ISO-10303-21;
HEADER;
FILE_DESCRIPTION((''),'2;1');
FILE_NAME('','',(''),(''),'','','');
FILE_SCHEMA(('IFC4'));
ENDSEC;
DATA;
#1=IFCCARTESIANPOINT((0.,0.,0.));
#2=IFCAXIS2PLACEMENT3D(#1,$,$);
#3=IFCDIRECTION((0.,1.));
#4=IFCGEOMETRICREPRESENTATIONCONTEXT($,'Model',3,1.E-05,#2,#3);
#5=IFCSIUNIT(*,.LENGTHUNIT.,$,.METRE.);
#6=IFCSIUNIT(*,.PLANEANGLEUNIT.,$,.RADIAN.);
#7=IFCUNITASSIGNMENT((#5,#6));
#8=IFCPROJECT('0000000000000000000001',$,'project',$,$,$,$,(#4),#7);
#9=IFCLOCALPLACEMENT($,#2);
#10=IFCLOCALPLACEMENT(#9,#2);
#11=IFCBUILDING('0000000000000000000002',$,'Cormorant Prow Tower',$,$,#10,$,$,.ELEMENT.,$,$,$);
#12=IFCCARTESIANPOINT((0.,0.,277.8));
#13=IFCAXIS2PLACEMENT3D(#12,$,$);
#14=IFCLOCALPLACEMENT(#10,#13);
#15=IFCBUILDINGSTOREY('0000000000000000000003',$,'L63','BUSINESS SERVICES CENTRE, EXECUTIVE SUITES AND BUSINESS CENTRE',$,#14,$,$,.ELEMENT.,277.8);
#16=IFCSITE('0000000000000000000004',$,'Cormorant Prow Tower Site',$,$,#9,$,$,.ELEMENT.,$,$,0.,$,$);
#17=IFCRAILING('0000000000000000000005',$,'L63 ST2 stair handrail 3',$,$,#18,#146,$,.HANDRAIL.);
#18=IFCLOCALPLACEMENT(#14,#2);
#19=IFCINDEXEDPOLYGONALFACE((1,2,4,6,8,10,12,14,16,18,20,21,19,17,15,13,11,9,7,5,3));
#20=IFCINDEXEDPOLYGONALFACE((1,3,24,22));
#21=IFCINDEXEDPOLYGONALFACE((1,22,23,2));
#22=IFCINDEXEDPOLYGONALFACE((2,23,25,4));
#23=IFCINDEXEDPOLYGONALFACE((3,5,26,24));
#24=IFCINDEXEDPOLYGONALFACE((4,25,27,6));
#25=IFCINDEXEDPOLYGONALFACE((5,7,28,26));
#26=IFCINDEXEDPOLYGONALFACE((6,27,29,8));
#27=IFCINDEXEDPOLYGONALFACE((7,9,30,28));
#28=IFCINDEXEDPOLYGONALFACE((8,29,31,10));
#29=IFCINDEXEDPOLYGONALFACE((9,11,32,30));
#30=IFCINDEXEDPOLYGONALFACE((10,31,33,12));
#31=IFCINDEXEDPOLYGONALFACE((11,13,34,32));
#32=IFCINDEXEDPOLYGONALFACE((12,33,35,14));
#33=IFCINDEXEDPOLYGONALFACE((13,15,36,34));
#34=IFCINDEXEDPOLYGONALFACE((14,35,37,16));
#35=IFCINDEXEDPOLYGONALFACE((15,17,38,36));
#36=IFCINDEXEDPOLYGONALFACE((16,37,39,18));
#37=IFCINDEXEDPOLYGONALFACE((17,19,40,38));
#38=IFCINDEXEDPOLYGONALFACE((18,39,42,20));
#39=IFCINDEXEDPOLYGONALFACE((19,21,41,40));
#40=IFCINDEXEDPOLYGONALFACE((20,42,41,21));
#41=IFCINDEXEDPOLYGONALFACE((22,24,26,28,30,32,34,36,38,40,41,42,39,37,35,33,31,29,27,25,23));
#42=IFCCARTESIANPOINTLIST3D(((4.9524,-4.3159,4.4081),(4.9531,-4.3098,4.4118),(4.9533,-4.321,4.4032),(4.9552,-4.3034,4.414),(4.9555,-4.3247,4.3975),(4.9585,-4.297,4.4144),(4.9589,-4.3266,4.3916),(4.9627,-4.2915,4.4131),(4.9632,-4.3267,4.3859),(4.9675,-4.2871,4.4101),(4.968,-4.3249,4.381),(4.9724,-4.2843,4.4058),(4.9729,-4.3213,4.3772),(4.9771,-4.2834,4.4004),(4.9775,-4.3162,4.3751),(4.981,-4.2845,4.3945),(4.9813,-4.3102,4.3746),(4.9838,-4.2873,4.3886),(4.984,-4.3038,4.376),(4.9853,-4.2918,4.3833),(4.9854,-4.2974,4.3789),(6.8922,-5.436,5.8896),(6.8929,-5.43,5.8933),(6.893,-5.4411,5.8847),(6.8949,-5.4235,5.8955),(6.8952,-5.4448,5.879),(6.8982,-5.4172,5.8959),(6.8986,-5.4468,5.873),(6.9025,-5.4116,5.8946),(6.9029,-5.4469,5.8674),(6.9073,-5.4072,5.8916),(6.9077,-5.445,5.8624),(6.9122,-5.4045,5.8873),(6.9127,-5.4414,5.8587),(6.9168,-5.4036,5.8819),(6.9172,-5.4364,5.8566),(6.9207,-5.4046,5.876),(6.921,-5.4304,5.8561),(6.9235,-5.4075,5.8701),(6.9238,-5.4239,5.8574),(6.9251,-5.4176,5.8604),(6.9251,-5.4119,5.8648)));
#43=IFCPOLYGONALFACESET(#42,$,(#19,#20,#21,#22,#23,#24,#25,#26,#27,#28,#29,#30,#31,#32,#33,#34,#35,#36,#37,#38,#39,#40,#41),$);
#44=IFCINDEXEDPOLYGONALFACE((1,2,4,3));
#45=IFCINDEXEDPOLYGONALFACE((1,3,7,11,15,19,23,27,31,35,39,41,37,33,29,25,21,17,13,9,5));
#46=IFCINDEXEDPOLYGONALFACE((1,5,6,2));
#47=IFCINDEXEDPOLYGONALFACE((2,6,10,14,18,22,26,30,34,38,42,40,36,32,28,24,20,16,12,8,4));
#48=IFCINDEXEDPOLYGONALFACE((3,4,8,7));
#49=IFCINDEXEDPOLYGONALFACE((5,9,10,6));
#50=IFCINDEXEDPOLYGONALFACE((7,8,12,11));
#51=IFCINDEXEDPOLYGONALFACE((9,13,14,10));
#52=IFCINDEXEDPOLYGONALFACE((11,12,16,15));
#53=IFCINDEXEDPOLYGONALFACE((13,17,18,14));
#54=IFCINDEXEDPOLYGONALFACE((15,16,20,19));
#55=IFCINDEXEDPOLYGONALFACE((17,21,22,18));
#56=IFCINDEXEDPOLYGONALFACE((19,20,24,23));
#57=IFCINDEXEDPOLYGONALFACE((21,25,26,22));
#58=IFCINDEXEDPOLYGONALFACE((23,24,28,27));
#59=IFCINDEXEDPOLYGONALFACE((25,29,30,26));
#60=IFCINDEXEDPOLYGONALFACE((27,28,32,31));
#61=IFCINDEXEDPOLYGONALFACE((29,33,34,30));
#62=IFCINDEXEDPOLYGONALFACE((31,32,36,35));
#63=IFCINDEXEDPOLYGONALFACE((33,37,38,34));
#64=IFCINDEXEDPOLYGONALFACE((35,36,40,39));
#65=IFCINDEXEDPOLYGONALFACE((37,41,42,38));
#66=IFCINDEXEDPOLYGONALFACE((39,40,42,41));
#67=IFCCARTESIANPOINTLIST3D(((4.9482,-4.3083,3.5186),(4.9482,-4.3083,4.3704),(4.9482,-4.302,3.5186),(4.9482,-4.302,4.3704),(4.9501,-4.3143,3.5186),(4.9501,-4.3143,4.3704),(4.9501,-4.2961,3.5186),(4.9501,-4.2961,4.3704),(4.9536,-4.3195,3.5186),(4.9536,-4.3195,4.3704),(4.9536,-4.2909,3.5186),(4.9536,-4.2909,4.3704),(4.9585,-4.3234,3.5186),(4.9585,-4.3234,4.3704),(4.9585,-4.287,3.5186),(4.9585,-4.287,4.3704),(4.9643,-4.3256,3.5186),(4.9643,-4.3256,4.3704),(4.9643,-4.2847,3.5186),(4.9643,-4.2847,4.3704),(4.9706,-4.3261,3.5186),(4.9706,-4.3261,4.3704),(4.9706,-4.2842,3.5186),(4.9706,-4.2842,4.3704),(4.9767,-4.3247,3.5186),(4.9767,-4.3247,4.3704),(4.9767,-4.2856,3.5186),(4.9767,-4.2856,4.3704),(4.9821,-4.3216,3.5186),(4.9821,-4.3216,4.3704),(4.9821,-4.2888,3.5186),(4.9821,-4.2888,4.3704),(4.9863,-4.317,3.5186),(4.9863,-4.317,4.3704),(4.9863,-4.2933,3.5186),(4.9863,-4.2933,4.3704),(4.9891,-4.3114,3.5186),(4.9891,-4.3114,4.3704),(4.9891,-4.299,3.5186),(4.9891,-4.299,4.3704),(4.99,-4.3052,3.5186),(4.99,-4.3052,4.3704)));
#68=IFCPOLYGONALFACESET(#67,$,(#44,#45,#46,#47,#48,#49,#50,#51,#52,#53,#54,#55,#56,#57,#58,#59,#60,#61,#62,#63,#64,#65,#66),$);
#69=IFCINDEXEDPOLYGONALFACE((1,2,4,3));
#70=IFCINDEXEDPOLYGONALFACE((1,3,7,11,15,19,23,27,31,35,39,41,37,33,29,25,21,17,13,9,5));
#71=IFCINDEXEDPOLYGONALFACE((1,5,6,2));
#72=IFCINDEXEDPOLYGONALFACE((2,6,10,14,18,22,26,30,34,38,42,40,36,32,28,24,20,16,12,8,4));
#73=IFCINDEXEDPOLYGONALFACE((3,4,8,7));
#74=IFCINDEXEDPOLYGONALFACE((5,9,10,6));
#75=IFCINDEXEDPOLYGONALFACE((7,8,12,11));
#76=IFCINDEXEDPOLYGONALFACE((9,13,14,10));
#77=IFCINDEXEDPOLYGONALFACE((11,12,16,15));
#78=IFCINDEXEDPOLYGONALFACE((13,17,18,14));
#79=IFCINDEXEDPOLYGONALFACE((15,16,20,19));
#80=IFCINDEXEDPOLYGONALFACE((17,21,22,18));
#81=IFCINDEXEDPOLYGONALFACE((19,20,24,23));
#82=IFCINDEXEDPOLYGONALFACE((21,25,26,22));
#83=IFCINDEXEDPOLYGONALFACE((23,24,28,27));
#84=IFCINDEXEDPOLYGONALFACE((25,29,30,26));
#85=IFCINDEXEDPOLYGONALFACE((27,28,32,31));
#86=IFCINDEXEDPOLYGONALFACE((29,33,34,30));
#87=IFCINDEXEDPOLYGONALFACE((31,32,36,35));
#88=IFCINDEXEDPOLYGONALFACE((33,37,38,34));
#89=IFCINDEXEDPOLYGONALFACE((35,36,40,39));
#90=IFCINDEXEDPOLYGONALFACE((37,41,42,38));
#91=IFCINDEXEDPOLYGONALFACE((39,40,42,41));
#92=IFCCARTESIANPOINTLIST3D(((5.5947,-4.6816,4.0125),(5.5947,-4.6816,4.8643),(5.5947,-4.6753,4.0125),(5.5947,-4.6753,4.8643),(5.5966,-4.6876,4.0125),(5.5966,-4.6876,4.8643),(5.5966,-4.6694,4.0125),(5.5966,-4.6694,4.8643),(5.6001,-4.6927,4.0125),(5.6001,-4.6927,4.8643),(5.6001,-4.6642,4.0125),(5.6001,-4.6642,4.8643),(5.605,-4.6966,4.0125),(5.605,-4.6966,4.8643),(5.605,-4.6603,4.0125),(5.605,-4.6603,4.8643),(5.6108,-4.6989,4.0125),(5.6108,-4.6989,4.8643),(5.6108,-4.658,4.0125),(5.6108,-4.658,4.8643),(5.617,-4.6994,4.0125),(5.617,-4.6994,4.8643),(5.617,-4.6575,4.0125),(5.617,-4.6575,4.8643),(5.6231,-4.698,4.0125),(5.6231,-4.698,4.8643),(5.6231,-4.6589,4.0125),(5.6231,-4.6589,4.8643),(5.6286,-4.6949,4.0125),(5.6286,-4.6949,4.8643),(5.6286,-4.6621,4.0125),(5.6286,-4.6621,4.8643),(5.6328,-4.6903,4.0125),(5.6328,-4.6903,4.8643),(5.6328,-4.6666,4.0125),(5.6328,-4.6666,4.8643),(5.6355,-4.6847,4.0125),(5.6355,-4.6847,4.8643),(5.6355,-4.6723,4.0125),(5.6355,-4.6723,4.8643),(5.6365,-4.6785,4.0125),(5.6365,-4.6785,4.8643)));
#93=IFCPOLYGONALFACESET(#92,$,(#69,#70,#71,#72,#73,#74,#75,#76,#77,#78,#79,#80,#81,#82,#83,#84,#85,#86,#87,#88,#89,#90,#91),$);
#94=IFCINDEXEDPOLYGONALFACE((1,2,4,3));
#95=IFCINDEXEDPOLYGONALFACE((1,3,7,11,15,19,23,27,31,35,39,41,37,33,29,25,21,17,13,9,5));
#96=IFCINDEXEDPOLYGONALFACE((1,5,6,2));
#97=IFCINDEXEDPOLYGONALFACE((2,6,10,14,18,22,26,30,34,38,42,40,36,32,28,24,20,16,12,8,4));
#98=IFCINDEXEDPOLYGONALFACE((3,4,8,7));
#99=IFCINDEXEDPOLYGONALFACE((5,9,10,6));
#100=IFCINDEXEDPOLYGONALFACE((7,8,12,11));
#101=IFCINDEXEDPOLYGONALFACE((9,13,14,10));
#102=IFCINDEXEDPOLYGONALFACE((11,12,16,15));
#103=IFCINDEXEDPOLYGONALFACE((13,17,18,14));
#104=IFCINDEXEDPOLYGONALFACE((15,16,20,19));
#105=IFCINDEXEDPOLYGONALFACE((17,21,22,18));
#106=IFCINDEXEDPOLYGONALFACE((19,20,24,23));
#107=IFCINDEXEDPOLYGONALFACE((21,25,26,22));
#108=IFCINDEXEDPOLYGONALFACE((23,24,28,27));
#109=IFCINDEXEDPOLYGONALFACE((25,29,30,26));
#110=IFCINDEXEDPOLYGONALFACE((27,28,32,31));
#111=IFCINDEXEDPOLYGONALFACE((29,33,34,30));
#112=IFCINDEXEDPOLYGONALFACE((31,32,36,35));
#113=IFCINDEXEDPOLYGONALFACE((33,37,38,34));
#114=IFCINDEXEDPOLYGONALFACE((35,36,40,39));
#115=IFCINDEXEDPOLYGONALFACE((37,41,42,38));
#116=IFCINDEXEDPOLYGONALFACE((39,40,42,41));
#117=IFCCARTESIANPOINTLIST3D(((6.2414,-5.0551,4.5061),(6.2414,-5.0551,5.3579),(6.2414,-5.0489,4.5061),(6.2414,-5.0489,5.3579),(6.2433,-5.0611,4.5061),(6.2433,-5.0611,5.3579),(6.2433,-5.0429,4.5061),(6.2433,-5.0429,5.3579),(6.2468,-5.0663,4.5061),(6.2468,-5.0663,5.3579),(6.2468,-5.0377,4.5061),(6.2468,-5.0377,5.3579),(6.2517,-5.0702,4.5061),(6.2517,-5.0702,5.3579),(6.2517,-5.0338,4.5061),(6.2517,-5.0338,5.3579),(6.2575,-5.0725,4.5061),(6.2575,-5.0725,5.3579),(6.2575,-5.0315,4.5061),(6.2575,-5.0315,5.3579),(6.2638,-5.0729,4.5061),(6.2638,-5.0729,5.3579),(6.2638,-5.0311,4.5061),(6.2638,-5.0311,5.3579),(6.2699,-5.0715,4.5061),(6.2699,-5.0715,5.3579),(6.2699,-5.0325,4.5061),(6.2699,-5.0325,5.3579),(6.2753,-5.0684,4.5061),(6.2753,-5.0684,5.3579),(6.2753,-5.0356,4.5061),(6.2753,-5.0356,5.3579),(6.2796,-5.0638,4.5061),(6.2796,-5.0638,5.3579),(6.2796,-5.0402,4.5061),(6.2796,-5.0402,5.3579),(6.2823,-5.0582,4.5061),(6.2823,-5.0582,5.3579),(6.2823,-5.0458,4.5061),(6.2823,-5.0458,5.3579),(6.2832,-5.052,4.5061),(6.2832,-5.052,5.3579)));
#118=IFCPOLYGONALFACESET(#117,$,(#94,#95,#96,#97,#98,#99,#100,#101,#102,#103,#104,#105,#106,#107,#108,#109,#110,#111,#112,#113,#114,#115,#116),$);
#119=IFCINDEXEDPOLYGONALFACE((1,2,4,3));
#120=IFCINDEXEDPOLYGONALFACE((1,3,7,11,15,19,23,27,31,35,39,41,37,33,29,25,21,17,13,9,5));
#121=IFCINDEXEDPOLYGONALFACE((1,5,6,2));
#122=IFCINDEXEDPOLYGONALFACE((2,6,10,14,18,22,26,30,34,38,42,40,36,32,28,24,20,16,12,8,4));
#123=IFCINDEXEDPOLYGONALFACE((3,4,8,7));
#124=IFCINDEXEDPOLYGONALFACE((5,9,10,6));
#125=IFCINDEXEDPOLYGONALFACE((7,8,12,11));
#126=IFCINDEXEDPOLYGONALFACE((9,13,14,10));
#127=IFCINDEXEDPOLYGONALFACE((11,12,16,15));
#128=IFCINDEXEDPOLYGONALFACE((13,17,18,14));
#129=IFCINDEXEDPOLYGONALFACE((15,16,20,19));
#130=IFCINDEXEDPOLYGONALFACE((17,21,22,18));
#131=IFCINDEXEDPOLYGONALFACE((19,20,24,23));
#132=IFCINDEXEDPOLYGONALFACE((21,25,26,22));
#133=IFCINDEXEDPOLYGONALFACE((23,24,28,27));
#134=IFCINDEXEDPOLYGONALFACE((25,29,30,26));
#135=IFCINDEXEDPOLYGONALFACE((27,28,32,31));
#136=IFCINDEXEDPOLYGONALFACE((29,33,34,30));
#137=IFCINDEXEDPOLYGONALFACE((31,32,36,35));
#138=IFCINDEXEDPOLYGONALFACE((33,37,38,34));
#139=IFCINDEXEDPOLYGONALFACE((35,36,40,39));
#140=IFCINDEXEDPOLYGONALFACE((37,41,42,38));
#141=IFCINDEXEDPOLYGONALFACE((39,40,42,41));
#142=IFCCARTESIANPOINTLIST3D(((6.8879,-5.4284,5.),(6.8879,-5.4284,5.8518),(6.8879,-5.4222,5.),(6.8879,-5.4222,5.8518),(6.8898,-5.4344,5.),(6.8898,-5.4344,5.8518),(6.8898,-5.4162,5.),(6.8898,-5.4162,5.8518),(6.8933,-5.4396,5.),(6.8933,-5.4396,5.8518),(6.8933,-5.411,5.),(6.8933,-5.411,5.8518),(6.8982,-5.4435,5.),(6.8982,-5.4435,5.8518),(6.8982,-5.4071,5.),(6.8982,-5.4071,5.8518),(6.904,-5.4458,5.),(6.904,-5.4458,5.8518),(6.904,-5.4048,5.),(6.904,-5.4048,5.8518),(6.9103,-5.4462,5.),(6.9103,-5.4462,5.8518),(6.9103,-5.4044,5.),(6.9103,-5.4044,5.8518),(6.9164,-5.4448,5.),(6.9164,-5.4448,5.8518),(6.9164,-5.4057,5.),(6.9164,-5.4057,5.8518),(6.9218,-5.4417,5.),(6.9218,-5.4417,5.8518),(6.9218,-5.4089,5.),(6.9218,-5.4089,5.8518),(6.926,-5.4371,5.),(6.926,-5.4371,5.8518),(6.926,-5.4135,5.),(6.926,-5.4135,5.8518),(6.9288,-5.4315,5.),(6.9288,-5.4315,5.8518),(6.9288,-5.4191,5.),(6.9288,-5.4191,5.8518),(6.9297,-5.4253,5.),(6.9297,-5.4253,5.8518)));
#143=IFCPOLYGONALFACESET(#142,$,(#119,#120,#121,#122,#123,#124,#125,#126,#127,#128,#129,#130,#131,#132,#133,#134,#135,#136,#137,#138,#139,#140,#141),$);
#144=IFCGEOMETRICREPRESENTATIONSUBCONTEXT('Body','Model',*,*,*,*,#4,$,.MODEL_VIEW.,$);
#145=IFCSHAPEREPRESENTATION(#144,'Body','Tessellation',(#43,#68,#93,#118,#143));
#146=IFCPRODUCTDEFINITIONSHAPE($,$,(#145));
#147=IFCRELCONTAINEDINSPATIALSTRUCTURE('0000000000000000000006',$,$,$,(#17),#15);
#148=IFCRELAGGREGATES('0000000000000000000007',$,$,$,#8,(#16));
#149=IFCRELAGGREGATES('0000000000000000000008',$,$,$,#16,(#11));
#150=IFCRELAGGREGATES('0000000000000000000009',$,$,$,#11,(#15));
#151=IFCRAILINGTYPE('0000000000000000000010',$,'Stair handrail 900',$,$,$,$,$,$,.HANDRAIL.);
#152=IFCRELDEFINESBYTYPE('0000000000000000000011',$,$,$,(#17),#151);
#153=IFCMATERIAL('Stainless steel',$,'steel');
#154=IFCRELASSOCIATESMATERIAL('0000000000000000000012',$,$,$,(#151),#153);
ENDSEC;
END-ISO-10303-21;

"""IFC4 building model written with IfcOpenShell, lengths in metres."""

from ifc_helpers import new_model, si_unit, direction, frame, origin, origin_2d, place, context, subcontext, project, spatial, circle, extrude, material, type_object, element, save


model = new_model("IFC4")

# Units and contexts
model_context = context("Model", 3, precision=1e-05, world=origin(), true_north=direction((0.0, 1.0)))
body_context = subcontext(model_context, "Body", "Model", "MODEL_VIEW")
ifc_project = project(units=[si_unit("LENGTHUNIT", "METRE"), si_unit("PLANEANGLEUNIT", "RADIAN")], contexts=[model_context])

# Site, building, storey
site_placement = place(None, origin())
site = spatial("IfcSite", under=ifc_project, at=site_placement, Name="Cormorant Prow Tower Site", CompositionType="ELEMENT", RefElevation=0.0)
building_placement = place(site_placement, origin())
building = spatial("IfcBuilding", under=site, at=building_placement, Name="Cormorant Prow Tower", CompositionType="ELEMENT")
storey_placement = place(building_placement, frame((0.0, 0.0, 277.8)))
storey = spatial("IfcBuildingStorey", under=building, at=storey_placement, Name="L63", Description="BUSINESS SERVICES CENTRE, EXECUTIVE SUITES AND BUSINESS CENTRE", CompositionType="ELEMENT", Elevation=277.8)

# Railing
ifc_material_1 = material(Name="Stainless steel", Category="steel")
railing_type = type_object("IfcRailingType", Name="Stair handrail 900", PredefinedType="HANDRAIL", material=ifc_material_1)
for number, where, name in (
    (1, (4.969, -4.3052, 3.5186), "L63 ST2 stair handrail 3"),
):
    element("IfcRailing", number, at=place(storey_placement, frame(where)), inside=storey, type_object=railing_type, Name=name, PredefinedType="HANDRAIL", context=body_context, shape_type="SweptSolid", body=[
        extrude(circle(Radius=0.0239, at=origin_2d()), frame((0.0, 0.0, 0.876), z_axis=(0.722292, -0.417102, 0.551651), x_axis=(0.500078, 0.86598, 0.0)), (0.0, 0.0, 1.0), 2.6855),
        extrude(circle(Radius=0.021, at=origin_2d()), origin(), (0.0, 0.0, 1.0), 0.8518),
        extrude(circle(Radius=0.021, at=origin_2d()), frame((0.6465, -0.3733, 0.4939)), (0.0, 0.0, 1.0), 0.8518),
        extrude(circle(Radius=0.021, at=origin_2d()), frame((1.2932, -0.7468, 0.9875)), (0.0, 0.0, 1.0), 0.8518),
        extrude(circle(Radius=0.021, at=origin_2d()), frame((1.9397, -1.1201, 1.4814)), (0.0, 0.0, 1.0), 0.8518),
    ])

save(model, "model.ifc")
